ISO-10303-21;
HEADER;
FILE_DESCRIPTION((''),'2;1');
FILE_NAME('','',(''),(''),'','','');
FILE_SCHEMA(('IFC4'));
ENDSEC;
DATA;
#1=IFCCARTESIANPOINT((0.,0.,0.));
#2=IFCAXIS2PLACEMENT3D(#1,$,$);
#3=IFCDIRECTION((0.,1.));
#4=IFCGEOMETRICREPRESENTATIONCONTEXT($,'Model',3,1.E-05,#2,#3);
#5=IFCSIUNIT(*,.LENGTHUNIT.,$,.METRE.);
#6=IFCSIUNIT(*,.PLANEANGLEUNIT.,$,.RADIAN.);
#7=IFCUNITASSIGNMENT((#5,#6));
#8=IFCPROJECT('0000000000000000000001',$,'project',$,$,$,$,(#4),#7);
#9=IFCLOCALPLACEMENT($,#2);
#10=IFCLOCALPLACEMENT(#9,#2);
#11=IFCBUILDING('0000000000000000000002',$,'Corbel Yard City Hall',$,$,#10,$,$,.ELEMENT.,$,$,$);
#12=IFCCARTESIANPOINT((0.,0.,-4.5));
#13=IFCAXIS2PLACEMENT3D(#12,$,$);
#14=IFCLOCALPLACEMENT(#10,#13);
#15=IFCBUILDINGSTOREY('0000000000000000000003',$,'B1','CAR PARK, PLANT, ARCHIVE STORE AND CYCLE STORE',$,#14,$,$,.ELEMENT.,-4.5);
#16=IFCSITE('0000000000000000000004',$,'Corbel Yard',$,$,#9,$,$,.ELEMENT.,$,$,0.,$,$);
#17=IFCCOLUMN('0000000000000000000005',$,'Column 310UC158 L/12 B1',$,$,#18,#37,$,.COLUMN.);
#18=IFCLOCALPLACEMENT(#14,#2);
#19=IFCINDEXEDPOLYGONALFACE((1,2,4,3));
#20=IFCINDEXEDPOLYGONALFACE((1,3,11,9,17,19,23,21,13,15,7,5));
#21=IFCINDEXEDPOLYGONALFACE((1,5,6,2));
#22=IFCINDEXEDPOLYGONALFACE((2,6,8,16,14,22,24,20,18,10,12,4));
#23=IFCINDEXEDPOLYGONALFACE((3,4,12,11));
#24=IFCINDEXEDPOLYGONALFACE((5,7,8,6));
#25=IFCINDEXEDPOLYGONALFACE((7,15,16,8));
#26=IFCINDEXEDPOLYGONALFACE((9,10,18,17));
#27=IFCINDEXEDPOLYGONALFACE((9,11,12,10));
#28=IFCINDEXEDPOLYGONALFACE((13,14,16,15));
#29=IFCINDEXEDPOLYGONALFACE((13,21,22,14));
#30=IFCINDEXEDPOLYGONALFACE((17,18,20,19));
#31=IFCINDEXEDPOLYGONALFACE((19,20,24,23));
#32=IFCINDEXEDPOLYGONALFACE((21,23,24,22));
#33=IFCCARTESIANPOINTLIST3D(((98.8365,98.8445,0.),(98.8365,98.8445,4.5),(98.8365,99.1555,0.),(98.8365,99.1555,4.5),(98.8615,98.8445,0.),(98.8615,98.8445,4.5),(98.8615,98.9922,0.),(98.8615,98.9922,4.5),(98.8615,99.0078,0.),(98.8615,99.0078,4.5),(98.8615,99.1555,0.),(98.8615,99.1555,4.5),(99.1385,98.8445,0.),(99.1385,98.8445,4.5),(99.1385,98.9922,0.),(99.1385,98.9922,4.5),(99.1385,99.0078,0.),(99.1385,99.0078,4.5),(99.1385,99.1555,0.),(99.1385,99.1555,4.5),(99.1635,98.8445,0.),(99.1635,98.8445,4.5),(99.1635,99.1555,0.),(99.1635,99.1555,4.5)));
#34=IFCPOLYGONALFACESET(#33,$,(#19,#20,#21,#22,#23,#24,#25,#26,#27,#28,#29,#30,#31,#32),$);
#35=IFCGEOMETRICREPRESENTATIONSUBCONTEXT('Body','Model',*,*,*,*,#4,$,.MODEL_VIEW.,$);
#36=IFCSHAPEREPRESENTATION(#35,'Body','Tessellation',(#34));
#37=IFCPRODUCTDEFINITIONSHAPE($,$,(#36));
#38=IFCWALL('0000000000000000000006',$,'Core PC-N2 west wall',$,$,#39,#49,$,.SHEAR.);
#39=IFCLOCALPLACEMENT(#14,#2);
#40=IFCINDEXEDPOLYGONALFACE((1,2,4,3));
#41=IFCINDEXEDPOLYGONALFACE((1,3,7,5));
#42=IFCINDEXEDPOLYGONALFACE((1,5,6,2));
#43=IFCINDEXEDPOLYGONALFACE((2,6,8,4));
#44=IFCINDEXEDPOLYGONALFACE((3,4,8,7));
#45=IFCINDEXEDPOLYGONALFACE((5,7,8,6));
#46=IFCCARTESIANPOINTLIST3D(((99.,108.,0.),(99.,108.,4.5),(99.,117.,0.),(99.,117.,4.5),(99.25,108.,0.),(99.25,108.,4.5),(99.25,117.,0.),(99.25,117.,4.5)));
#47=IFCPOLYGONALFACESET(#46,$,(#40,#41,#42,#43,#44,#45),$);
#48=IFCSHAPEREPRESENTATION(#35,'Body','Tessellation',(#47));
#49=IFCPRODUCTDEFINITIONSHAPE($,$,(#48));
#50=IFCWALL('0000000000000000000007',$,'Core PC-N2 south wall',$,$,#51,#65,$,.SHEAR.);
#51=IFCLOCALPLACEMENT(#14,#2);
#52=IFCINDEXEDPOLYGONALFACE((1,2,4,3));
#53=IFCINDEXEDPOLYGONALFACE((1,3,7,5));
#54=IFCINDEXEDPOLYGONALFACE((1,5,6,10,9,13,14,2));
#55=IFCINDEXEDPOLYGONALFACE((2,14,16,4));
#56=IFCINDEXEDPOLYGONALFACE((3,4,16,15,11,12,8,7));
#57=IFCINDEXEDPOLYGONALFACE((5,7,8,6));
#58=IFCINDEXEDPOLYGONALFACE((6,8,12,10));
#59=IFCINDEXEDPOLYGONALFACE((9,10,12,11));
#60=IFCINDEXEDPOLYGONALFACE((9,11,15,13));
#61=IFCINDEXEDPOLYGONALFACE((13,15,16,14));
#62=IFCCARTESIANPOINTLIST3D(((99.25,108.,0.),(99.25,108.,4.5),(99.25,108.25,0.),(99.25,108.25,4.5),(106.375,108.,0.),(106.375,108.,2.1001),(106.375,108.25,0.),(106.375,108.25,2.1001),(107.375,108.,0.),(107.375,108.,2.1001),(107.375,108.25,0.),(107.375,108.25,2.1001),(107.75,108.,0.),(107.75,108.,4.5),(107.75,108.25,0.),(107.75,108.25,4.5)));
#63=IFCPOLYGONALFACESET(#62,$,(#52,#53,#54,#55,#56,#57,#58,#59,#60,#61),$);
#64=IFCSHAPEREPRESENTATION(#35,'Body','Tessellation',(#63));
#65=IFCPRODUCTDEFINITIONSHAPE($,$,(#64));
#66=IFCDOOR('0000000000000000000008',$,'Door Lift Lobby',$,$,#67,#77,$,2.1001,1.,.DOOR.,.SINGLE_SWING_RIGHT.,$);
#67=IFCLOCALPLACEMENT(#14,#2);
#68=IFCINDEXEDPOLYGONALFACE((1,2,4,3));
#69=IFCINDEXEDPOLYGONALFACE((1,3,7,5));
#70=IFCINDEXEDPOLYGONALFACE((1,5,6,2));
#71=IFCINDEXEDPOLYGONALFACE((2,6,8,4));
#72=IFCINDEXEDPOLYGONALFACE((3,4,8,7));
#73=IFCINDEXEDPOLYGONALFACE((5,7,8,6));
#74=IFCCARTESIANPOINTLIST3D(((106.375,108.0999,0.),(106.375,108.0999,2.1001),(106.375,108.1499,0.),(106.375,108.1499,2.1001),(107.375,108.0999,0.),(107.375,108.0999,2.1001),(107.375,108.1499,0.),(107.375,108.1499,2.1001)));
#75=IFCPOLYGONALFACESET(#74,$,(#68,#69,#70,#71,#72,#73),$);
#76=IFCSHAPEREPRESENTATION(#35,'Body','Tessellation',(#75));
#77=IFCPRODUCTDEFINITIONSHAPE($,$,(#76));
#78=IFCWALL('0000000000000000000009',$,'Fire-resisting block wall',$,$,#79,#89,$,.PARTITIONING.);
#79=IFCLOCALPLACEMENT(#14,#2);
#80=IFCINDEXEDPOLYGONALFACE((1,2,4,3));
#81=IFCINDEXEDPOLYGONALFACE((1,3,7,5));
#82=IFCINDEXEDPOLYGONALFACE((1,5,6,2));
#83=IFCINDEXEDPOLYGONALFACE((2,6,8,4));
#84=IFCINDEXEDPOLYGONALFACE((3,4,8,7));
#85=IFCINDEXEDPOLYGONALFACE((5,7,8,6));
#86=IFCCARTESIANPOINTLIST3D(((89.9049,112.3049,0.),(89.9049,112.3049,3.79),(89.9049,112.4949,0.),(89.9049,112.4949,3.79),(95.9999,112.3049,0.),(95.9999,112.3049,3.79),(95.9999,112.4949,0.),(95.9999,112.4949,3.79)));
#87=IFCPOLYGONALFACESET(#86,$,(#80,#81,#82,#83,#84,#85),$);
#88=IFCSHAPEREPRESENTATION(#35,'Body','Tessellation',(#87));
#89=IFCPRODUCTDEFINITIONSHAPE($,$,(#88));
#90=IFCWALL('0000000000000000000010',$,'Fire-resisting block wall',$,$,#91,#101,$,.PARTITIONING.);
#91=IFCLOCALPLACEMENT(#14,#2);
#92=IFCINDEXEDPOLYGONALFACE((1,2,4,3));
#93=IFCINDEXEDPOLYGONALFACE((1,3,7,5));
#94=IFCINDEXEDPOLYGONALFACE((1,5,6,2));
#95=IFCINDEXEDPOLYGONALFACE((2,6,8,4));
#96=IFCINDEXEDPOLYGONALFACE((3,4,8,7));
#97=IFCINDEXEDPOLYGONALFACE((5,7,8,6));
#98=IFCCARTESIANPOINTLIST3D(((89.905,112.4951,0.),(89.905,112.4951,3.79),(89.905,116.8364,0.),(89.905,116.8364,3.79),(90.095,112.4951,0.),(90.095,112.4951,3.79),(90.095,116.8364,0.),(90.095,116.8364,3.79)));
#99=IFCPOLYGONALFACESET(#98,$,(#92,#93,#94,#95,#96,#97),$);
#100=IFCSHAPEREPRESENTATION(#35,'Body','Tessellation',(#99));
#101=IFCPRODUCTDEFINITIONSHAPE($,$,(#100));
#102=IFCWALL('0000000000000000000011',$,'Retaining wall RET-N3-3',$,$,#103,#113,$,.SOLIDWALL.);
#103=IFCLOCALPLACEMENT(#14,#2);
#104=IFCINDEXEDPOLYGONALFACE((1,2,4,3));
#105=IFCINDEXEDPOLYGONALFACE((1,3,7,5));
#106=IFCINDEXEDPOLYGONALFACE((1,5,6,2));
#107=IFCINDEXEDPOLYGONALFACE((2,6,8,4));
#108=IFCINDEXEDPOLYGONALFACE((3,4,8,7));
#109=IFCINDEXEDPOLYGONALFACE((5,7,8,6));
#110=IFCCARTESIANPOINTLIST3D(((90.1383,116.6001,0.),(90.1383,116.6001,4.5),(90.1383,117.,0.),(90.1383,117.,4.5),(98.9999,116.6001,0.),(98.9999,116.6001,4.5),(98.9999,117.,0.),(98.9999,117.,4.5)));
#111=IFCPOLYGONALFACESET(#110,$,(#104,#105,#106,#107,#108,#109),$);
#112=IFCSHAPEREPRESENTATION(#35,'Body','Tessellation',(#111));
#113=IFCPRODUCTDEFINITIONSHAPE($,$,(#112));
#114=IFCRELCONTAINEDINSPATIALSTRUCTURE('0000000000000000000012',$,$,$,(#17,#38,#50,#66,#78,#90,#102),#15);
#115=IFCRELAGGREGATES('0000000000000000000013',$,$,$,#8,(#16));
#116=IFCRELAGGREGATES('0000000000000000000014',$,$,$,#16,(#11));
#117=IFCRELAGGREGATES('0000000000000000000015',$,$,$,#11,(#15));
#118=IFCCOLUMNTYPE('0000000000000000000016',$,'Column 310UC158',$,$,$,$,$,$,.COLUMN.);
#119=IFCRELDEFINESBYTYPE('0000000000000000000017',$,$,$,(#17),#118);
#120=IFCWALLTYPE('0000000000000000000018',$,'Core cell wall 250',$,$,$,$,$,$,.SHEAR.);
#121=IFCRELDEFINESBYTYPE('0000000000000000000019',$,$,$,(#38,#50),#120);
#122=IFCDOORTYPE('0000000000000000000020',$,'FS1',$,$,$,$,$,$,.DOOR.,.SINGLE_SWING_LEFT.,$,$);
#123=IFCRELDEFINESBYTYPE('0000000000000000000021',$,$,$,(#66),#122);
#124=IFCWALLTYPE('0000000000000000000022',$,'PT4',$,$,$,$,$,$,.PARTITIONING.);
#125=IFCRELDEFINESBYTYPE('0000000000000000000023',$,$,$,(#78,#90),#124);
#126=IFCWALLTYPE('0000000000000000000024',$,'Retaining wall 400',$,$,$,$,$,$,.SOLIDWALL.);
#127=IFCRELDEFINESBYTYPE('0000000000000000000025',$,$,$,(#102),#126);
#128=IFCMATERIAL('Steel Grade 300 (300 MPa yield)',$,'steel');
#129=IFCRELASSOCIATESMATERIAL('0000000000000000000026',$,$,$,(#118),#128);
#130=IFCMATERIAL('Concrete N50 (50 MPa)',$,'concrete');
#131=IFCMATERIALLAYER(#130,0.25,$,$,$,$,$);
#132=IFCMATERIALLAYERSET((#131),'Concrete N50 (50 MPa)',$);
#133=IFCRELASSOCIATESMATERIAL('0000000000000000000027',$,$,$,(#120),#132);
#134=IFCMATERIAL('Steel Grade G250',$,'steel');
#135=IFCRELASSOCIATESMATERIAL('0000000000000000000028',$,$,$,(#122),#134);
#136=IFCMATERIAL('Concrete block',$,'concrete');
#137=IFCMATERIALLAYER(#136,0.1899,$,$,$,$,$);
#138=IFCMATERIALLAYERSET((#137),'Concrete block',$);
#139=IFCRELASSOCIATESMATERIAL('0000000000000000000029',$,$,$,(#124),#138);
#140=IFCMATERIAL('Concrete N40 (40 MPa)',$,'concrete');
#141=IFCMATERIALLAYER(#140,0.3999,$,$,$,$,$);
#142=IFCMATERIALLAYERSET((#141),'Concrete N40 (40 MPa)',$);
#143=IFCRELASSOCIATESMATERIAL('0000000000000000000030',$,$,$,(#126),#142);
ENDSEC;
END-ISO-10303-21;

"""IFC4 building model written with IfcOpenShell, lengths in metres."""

from ifc_helpers import new_model, si_unit, direction, frame, frame_2d, origin, origin_2d, place, context, subcontext, project, spatial, rectangle, i_section, extrude, material, layer, layer_set, material_profile, profile_set, type_object, element, fill, save


model = new_model("IFC4")

# Units and contexts
model_context = context("Model", 3, precision=1e-05, world=origin(), true_north=direction((0.0, 1.0)))
body_context = subcontext(model_context, "Body", "Model", "MODEL_VIEW")
ifc_project = project(units=[si_unit("LENGTHUNIT", "METRE"), si_unit("PLANEANGLEUNIT", "RADIAN")], contexts=[model_context])

# Site, building, storey
site_placement = place(None, origin())
site = spatial("IfcSite", under=ifc_project, at=site_placement, Name="Corbel Yard", CompositionType="ELEMENT", RefElevation=0.0)
building_placement = place(site_placement, origin())
building = spatial("IfcBuilding", under=site, at=building_placement, Name="Corbel Yard City Hall", CompositionType="ELEMENT")
storey_placement = place(building_placement, frame((0.0, 0.0, -4.5)))
storey = spatial("IfcBuildingStorey", under=building, at=storey_placement, Name="B1", Description="CAR PARK, PLANT, ARCHIVE STORE AND CYCLE STORE", CompositionType="ELEMENT", Elevation=-4.5)

# Shared definitions
ifc_material_1 = material(Name="Concrete N40 (40 MPa)", Category="concrete")

# Column
ifc_material_2 = material(Name="Steel Grade 300 (300 MPa yield)", Category="steel")
ifc_material_profile_1 = material_profile(ifc_material_2, i_section(OverallWidth=0.311, OverallDepth=0.3269, WebThickness=0.0156, FlangeThickness=0.0249, at=origin_2d()), Name="310UC158")
ifc_profile_set_1 = profile_set([ifc_material_profile_1], Name="Steel Grade 300 (300 MPa yield)")
column_type = type_object("IfcColumnType", Name="Column 310UC158", PredefinedType="COLUMN", material=ifc_profile_set_1)
for number, where, z_axis, x_axis, name in (
    (1, (99.0, 99.0, 0.0), (0.0, 0.0, 1.0), (0.0, 1.0, 0.0), "Column 310UC158 L/12 B1"),
):
    element("IfcColumn", number, at=place(storey_placement, frame(where, z_axis=z_axis, x_axis=x_axis)), inside=storey, type_object=column_type, Name=name, PredefinedType="COLUMN", context=body_context, shape_type="SweptSolid", body=[
        extrude(i_section(OverallWidth=0.311, OverallDepth=0.3269, WebThickness=0.0156, FlangeThickness=0.0249, at=origin_2d()), origin(), (0.0, 0.0, 1.0), 4.5),
    ])

# Wall
ifc_material_3 = material(Name="Concrete N50 (50 MPa)", Category="concrete")
ifc_layer_1 = layer(ifc_material_3, 0.25)
ifc_layer_set_1 = layer_set([ifc_layer_1], Name="Concrete N50 (50 MPa)")
wall_type_1 = type_object("IfcWallType", Name="Core cell wall 250", PredefinedType="SHEAR", material=ifc_layer_set_1)
wall_1_placement = place(storey_placement, frame((99.125, 108.0, 0.0), z_axis=(0.0, 0.0, 1.0), x_axis=(0.0, 1.0, 0.0)))
element("IfcWall", 2, at=wall_1_placement, inside=storey, type_object=wall_type_1, Name="Core PC-N2 west wall", PredefinedType="SHEAR", context=body_context, shape_type="SweptSolid", body=[
    extrude(rectangle(XDim=9.0, YDim=0.25, at=frame_2d((4.5, 0.0))), origin(), (0.0, 0.0, 1.0), 4.5),
])

# Wall, opening, door
wall_2_placement = place(storey_placement, frame((99.25, 108.125, 0.0), z_axis=(0.0, 0.0, 1.0), x_axis=(1.0, 0.0, 0.0)))
wall_2 = element("IfcWall", 3, at=wall_2_placement, inside=storey, type_object=wall_type_1, Name="Core PC-N2 south wall", PredefinedType="SHEAR", context=body_context, shape_type="SweptSolid", body=[
    extrude(rectangle(XDim=8.5, YDim=0.25, at=frame_2d((4.25, 0.0))), origin(), (0.0, 0.0, 1.0), 4.5),
])
opening_1_placement = place(wall_2_placement, frame((7.125, 0.0, 0.0)))
opening_1 = element("IfcOpeningElement", 4, at=opening_1_placement, cuts=wall_2, PredefinedType="OPENING", context=body_context, shape_type="SweptSolid", body=[
    extrude(rectangle(XDim=1.0, YDim=2.1001, at=frame_2d((0.5, 1.05))), frame((0.0, 0.135, 0.0), z_axis=(0.0, -1.0, 0.0), x_axis=(1.0, 0.0, 0.0)), (0.0, 0.0, 1.0), 0.27),
])
ifc_material_4 = material(Name="Steel Grade G250", Category="steel")
door_type_1 = type_object("IfcDoorType", Name="FS1", OperationType="SINGLE_SWING_LEFT", PredefinedType="DOOR", material=ifc_material_4)
door_1_placement = place(opening_1_placement, origin())
door_1 = element("IfcDoor", 5, at=door_1_placement, inside=storey, type_object=door_type_1, Name="Door Lift Lobby", OperationType="SINGLE_SWING_RIGHT", OverallHeight=2.1001, OverallWidth=1.0, PredefinedType="DOOR", context=body_context, shape_type="SweptSolid", body=[
    extrude(rectangle(XDim=1.0, YDim=2.1001, at=frame_2d((0.5, 1.05))), frame((0.0, 0.0249, 0.0), z_axis=(0.0, -1.0, 0.0), x_axis=(1.0, 0.0, 0.0)), (0.0, 0.0, 1.0), 0.05),
])
fill(opening_1, door_1)

# Wall
ifc_material_5 = material(Name="Concrete block", Category="concrete")
ifc_layer_2 = layer(ifc_material_5, 0.1899)
ifc_layer_set_2 = layer_set([ifc_layer_2], Name="Concrete block")
wall_type_2 = type_object("IfcWallType", Name="PT4", PredefinedType="PARTITIONING", material=ifc_layer_set_2)
wall_3_placement = place(storey_placement, frame((89.905, 112.3999, 0.0), z_axis=(0.0, 0.0, 1.0), x_axis=(1.0, 0.0, 0.0)))
element("IfcWall", 6, at=wall_3_placement, inside=storey, type_object=wall_type_2, Name="Fire-resisting block wall", PredefinedType="PARTITIONING", context=body_context, shape_type="SweptSolid", body=[
    extrude(rectangle(XDim=6.095, YDim=0.1899, at=frame_2d((3.0474, 0.0))), origin(), (0.0, 0.0, 1.0), 3.79),
])

# Walls
wall_4_placement = place(storey_placement, frame((90.0, 112.4951, 0.0), z_axis=(0.0, 0.0, 1.0), x_axis=(0.0, 1.0, 0.0)))
element("IfcWall", 7, at=wall_4_placement, inside=storey, type_object=wall_type_2, Name="Fire-resisting block wall", PredefinedType="PARTITIONING", context=body_context, shape_type="SweptSolid", body=[
    extrude(rectangle(XDim=4.3413, YDim=0.1899, at=frame_2d((2.1707, 0.0))), origin(), (0.0, 0.0, 1.0), 3.79),
])
ifc_layer_3 = layer(ifc_material_1, 0.3999)
ifc_layer_set_3 = layer_set([ifc_layer_3], Name="Concrete N40 (40 MPa)")
wall_type_3 = type_object("IfcWallType", Name="Retaining wall 400", PredefinedType="SOLIDWALL", material=ifc_layer_set_3)
wall_5_placement = place(storey_placement, frame((90.1384, 116.8, 0.0), z_axis=(0.0, 0.0, 1.0), x_axis=(1.0, 0.0, 0.0)))
element("IfcWall", 8, at=wall_5_placement, inside=storey, type_object=wall_type_3, Name="Retaining wall RET-N3-3", PredefinedType="SOLIDWALL", context=body_context, shape_type="SweptSolid", body=[
    extrude(rectangle(XDim=8.8616, YDim=0.3999, at=frame_2d((4.4307, 0.0))), origin(), (0.0, 0.0, 1.0), 4.5),
])

save(model, "model.ifc")
